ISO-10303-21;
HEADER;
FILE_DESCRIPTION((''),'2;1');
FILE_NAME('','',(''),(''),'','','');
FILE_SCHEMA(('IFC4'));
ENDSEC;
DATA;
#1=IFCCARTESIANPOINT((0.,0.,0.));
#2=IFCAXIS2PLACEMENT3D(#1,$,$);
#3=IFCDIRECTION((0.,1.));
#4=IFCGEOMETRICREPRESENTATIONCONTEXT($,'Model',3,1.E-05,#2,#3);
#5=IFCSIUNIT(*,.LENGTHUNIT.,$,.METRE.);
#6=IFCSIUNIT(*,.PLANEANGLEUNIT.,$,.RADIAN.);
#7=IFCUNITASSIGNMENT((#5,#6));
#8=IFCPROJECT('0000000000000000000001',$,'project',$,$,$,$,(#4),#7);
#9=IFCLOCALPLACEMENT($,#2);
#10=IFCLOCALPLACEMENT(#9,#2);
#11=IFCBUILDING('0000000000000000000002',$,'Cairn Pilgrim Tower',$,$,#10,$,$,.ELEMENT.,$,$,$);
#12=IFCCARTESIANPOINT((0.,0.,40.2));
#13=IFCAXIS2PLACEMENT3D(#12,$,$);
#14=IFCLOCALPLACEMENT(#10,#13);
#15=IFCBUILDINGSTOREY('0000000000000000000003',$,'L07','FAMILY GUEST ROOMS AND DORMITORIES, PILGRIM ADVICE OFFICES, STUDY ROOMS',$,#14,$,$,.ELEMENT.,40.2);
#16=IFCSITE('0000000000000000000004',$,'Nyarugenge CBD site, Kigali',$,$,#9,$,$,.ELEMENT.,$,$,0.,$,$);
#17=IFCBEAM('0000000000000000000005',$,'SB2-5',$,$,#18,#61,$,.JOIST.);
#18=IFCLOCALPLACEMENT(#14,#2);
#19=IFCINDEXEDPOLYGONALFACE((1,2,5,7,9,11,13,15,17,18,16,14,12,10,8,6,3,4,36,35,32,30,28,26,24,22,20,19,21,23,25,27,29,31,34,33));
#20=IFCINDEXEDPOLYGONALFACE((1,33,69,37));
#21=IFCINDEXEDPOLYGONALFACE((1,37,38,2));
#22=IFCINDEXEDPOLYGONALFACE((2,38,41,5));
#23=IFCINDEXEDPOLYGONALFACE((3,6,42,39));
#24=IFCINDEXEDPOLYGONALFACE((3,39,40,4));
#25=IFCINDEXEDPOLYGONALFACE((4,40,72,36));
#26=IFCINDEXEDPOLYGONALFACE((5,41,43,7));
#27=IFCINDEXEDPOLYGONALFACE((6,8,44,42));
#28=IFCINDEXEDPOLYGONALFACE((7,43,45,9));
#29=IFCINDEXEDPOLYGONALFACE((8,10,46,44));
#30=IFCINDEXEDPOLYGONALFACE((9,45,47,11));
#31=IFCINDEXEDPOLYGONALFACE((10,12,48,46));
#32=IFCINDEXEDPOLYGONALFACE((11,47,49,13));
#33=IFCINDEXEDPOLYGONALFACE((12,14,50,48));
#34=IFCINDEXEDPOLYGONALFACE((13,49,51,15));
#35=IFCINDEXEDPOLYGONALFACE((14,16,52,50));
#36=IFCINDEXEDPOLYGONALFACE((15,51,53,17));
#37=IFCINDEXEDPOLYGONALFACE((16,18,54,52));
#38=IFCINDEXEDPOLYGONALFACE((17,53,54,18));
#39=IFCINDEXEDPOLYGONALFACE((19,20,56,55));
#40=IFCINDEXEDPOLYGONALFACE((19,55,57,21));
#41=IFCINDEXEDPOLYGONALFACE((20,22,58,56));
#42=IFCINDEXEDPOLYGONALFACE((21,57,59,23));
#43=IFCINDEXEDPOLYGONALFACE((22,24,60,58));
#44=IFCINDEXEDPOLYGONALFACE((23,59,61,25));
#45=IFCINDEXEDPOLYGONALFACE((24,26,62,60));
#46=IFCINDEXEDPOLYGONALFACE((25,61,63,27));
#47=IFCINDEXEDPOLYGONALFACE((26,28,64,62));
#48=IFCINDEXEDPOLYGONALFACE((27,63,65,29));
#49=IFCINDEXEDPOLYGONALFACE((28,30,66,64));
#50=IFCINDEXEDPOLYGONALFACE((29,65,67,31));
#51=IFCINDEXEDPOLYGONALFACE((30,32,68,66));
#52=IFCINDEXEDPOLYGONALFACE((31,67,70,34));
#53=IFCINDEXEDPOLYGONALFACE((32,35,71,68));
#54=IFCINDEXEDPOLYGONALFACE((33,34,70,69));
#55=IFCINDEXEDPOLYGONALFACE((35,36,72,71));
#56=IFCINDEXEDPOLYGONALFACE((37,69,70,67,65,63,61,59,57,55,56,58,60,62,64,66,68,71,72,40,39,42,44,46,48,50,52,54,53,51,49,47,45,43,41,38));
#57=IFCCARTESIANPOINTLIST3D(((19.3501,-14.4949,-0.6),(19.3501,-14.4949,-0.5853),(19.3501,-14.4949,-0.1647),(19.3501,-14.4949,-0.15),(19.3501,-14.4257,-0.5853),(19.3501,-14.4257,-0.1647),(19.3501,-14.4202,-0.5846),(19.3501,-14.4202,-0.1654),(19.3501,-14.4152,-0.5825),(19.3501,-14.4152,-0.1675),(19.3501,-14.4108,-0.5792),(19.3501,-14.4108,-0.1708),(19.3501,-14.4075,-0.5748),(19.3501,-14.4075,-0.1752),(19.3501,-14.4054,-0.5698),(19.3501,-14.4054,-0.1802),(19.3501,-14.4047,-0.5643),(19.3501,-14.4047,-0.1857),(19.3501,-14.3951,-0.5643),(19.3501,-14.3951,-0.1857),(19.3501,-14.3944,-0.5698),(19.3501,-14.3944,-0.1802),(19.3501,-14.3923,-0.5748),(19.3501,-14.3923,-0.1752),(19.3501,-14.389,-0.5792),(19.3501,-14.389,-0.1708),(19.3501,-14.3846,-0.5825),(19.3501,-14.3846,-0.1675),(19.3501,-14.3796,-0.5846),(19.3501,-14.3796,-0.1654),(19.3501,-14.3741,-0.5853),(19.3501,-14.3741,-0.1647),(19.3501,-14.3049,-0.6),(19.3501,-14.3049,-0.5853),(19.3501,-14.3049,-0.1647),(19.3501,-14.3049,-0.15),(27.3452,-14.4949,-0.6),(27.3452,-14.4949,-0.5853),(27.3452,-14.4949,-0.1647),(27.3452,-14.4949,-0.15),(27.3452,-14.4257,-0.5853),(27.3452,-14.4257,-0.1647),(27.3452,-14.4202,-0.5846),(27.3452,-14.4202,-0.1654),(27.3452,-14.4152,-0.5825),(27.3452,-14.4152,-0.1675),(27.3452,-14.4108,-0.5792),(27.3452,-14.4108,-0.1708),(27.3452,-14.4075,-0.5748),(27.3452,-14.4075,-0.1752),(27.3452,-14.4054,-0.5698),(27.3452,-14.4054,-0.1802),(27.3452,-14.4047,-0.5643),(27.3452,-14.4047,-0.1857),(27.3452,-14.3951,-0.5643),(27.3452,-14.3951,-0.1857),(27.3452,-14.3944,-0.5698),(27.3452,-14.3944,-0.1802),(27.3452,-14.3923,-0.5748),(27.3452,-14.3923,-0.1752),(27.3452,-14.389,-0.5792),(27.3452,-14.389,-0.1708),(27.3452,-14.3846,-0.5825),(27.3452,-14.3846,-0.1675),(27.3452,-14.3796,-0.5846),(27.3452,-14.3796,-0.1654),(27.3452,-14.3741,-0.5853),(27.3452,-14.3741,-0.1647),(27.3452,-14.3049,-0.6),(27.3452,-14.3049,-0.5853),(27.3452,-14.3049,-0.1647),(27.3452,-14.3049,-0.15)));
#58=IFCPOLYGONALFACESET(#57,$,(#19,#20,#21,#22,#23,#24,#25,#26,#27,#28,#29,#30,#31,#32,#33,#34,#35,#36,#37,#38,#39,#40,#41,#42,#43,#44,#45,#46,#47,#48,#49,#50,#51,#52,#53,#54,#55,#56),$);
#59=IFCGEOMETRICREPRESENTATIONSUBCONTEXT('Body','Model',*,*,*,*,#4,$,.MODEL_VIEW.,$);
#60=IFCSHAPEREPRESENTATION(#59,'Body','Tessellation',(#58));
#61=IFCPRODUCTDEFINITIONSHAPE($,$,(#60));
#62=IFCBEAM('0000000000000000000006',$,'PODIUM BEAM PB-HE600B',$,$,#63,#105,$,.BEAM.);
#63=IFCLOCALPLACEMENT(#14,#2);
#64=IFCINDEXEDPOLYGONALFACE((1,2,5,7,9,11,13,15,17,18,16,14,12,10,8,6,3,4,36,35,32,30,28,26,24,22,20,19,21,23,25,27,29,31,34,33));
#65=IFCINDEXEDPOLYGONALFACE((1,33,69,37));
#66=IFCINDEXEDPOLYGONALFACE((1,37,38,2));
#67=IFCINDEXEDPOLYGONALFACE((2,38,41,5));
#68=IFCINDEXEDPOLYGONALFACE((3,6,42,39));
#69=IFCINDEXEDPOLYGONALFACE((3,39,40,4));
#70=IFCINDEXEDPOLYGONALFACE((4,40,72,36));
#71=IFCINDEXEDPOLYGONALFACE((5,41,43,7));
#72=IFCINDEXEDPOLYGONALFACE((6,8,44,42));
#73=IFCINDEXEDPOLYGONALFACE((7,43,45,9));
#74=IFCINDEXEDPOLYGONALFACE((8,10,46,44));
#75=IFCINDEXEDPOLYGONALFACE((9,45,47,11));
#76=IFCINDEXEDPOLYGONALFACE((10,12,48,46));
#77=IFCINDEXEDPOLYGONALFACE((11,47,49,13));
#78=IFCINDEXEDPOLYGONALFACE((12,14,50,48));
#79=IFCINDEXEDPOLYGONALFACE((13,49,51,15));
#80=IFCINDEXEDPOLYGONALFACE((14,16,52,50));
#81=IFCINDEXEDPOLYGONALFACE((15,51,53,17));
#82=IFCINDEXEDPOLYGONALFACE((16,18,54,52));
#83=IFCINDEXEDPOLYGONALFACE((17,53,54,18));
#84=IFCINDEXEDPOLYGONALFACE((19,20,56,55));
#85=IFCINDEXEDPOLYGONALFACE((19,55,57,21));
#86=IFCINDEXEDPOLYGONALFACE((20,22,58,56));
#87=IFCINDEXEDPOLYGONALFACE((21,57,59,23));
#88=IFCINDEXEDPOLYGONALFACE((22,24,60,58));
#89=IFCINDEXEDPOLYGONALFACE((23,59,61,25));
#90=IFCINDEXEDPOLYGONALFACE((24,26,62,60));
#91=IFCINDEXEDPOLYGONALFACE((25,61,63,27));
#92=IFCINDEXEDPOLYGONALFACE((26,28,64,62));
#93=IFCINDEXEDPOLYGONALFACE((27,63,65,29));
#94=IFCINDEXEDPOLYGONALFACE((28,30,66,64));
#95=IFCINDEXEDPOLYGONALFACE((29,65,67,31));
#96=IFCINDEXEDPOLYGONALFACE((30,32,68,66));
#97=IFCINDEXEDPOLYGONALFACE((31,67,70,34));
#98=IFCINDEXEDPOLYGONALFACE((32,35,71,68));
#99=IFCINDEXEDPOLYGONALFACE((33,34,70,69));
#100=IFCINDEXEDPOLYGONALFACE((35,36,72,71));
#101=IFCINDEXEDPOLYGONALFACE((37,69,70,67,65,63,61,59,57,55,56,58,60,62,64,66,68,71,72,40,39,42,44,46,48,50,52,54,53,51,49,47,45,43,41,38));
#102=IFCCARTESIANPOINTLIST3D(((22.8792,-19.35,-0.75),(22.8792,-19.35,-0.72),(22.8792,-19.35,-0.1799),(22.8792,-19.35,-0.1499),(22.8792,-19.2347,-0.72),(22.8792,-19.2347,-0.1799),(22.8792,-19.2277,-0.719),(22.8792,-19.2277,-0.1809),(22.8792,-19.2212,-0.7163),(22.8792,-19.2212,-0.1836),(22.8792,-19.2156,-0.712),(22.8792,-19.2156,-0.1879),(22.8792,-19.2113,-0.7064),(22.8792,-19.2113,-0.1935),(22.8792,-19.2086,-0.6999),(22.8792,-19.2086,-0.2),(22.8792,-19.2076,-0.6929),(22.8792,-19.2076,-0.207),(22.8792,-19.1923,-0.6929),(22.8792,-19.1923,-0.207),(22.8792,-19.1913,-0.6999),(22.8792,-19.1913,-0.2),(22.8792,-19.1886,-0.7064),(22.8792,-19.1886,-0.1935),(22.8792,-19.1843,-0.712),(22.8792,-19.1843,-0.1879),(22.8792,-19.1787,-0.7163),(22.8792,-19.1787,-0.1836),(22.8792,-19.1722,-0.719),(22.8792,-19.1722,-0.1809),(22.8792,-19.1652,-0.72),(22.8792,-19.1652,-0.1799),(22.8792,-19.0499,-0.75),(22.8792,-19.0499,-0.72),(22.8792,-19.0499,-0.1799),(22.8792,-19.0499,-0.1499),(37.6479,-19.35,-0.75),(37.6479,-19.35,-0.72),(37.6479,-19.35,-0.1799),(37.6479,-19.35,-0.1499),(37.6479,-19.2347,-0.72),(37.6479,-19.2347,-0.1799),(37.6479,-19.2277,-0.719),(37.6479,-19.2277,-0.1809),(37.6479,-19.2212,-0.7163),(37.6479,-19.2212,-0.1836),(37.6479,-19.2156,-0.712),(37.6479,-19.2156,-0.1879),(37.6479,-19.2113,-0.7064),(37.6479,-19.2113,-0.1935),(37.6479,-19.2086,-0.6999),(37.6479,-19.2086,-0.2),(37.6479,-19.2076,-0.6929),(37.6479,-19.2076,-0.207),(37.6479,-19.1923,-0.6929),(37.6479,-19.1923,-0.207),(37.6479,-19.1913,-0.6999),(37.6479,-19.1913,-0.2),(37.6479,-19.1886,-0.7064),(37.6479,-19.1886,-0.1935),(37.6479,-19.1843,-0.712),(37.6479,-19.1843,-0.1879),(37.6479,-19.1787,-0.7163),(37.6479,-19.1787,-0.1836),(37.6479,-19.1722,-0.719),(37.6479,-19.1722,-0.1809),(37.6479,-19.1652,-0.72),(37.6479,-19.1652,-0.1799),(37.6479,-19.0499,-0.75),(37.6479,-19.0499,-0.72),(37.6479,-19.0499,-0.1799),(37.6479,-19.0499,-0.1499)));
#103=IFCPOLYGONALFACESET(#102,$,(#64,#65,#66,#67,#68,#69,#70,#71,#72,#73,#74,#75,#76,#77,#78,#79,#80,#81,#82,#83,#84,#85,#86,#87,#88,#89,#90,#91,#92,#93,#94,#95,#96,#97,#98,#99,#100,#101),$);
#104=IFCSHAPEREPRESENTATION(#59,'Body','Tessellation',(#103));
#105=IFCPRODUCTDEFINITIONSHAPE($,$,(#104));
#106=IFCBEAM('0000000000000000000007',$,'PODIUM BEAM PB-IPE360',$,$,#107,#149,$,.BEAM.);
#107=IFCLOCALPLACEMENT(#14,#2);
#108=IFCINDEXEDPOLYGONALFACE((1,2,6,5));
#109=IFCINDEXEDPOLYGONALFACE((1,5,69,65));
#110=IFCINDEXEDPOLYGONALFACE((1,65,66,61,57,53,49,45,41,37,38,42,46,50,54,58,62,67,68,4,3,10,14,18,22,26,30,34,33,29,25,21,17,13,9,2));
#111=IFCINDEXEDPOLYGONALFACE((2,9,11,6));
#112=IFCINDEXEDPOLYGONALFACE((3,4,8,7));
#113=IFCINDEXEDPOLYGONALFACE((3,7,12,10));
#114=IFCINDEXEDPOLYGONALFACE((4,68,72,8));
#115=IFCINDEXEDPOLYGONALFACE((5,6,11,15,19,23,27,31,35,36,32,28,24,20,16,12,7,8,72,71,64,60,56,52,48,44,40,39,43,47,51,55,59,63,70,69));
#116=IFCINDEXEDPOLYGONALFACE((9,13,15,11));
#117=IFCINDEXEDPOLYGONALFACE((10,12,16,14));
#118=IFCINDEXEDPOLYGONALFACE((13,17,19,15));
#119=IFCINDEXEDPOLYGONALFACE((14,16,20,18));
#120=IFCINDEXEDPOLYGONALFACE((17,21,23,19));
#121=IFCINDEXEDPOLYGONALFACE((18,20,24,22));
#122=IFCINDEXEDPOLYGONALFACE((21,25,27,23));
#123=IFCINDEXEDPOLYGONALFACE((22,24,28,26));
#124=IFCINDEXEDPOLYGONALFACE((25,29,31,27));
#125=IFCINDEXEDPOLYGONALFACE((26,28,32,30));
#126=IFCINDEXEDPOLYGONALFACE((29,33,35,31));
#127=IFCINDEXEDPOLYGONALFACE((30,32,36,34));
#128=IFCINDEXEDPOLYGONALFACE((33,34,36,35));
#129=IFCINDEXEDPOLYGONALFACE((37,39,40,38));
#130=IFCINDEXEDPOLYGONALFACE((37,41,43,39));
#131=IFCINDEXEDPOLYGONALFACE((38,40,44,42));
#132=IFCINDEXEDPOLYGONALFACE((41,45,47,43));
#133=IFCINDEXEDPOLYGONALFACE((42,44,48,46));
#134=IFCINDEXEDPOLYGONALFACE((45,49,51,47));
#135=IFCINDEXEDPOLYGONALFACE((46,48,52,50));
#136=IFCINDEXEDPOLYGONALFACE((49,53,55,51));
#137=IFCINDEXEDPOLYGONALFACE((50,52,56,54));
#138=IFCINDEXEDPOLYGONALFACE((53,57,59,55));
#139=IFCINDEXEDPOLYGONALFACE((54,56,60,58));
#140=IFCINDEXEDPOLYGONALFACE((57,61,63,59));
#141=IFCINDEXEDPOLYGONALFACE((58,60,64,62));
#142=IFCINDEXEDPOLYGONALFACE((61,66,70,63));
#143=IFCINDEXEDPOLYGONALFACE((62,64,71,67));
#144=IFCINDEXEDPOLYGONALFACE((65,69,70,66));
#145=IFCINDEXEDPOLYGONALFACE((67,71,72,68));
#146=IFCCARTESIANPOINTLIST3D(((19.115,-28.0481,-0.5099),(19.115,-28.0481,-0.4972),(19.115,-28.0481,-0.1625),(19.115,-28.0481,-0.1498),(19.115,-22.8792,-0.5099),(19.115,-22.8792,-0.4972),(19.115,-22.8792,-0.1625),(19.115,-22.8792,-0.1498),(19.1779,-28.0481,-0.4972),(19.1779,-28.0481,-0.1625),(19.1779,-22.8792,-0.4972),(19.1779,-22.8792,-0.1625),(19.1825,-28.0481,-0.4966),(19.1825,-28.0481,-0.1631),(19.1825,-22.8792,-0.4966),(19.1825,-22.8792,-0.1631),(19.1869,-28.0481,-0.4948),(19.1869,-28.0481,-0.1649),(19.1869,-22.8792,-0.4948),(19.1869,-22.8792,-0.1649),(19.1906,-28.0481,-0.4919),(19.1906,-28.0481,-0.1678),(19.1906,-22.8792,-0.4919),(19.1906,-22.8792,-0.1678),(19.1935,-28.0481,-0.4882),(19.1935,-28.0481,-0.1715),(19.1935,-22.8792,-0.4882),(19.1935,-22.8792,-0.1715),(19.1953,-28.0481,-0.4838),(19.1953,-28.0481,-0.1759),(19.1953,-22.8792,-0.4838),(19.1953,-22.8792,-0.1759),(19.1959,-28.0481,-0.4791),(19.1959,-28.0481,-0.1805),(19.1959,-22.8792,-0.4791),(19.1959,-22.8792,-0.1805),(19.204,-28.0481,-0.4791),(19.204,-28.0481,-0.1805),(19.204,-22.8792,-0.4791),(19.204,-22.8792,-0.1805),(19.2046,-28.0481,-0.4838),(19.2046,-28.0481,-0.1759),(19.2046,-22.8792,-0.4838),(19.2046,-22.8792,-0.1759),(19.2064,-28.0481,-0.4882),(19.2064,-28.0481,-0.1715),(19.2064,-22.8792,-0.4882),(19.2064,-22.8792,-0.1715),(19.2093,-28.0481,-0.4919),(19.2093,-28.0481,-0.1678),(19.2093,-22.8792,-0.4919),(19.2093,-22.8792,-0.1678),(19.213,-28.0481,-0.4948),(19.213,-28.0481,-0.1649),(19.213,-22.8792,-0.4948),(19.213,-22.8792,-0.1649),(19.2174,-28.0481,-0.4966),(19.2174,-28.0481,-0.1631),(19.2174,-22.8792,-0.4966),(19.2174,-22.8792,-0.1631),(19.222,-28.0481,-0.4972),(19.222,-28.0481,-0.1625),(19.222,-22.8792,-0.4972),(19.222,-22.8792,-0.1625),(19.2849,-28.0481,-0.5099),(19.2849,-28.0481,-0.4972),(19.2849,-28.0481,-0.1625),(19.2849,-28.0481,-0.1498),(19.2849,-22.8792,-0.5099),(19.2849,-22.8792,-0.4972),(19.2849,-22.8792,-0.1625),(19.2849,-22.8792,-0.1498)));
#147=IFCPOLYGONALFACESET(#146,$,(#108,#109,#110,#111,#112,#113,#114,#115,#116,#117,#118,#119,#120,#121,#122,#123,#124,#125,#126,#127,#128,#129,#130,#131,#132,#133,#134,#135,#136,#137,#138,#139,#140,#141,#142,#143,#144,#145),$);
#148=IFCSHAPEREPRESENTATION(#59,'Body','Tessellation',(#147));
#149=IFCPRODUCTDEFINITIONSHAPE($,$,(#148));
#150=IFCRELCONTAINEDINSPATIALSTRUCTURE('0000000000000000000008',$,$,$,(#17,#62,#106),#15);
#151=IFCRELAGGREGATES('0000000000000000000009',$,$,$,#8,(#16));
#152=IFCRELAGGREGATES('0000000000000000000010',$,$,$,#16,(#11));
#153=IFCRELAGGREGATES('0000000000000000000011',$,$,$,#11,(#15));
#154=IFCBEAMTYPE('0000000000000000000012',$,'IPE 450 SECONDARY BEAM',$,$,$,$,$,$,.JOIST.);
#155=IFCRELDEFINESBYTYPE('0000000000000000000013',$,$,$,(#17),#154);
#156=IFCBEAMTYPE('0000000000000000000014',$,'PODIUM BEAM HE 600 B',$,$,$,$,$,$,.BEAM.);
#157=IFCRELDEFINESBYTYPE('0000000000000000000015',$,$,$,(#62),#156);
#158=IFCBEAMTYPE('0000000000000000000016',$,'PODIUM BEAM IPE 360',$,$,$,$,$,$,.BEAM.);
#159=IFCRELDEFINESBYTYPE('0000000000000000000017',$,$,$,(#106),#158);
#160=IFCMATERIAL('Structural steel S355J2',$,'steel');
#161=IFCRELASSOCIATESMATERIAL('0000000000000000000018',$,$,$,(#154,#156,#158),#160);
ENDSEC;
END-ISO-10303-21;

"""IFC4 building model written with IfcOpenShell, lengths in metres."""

from ifc_helpers import new_model, si_unit, direction, frame, origin, origin_2d, place, context, subcontext, project, spatial, i_section, extrude, material, material_profile, profile_set, type_object, element, save


model = new_model("IFC4")

# Units and contexts
model_context = context("Model", 3, precision=1e-05, world=origin(), true_north=direction((0.0, 1.0)))
body_context = subcontext(model_context, "Body", "Model", "MODEL_VIEW")
ifc_project = project(units=[si_unit("LENGTHUNIT", "METRE"), si_unit("PLANEANGLEUNIT", "RADIAN")], contexts=[model_context])

# Site, building, storey
site_placement = place(None, origin())
site = spatial("IfcSite", under=ifc_project, at=site_placement, Name="Nyarugenge CBD site, Kigali", CompositionType="ELEMENT", RefElevation=0.0)
building_placement = place(site_placement, origin())
building = spatial("IfcBuilding", under=site, at=building_placement, Name="Cairn Pilgrim Tower", CompositionType="ELEMENT")
storey_placement = place(building_placement, frame((0.0, 0.0, 40.2)))
storey = spatial("IfcBuildingStorey", under=building, at=storey_placement, Name="L07", Description="FAMILY GUEST ROOMS AND DORMITORIES, PILGRIM ADVICE OFFICES, STUDY ROOMS", CompositionType="ELEMENT", Elevation=40.2)

# Beams
ifc_material_1 = material(Name="Structural steel S355J2", Category="steel")
ifc_material_profile_1 = material_profile(ifc_material_1, i_section(OverallWidth=0.1899, OverallDepth=0.45, WebThickness=0.0095, FlangeThickness=0.0146, FilletRadius=0.021, at=origin_2d()), Name="IPE 450")
ifc_profile_set_1 = profile_set([ifc_material_profile_1], Name="Structural steel S355J2")
beam_type_1 = type_object("IfcBeamType", Name="IPE 450 SECONDARY BEAM", PredefinedType="JOIST", material=ifc_profile_set_1)
beam_1_placement = place(storey_placement, frame((19.3501, -14.3999, -0.375), z_axis=(1.0, 0.0, 0.0), x_axis=(0.0, 1.0, 0.0)))
element("IfcBeam", 1, at=beam_1_placement, inside=storey, type_object=beam_type_1, Name="SB2-5", PredefinedType="JOIST", context=body_context, shape_type="SweptSolid", body=[
    extrude(i_section(OverallWidth=0.1899, OverallDepth=0.45, WebThickness=0.0095, FlangeThickness=0.0146, FilletRadius=0.021, at=origin_2d()), origin(), (0.0, 0.0, 1.0), 7.9951),
])
ifc_material_profile_2 = material_profile(ifc_material_1, i_section(OverallWidth=0.3, OverallDepth=0.6001, WebThickness=0.0154, FlangeThickness=0.03, FilletRadius=0.0271, at=origin_2d()), Name="HEB 600")
ifc_profile_set_2 = profile_set([ifc_material_profile_2], Name="Structural steel S355J2")
beam_type_2 = type_object("IfcBeamType", Name="PODIUM BEAM HE 600 B", PredefinedType="BEAM", material=ifc_profile_set_2)
beam_2_placement = place(storey_placement, frame((22.8792, -19.2, -0.45), z_axis=(1.0, 0.0, 0.0), x_axis=(0.0, 1.0, 0.0)))
element("IfcBeam", 2, at=beam_2_placement, inside=storey, type_object=beam_type_2, Name="PODIUM BEAM PB-HE600B", PredefinedType="BEAM", context=body_context, shape_type="SweptSolid", body=[
    extrude(i_section(OverallWidth=0.3, OverallDepth=0.6001, WebThickness=0.0154, FlangeThickness=0.03, FilletRadius=0.0271, at=origin_2d()), origin(), (0.0, 0.0, 1.0), 14.7688),
])
ifc_material_profile_3 = material_profile(ifc_material_1, i_section(OverallWidth=0.1699, OverallDepth=0.3601, WebThickness=0.0081, FlangeThickness=0.0127, FilletRadius=0.0181, at=origin_2d()), Name="IPE 360")
ifc_profile_set_3 = profile_set([ifc_material_profile_3], Name="Structural steel S355J2")
beam_type_3 = type_object("IfcBeamType", Name="PODIUM BEAM IPE 360", PredefinedType="BEAM", material=ifc_profile_set_3)
beam_3_placement = place(storey_placement, frame((19.2, -28.0481, -0.3298), z_axis=(0.0, 1.0, 0.0), x_axis=(-1.0, 0.0, 0.0)))
element("IfcBeam", 3, at=beam_3_placement, inside=storey, type_object=beam_type_3, Name="PODIUM BEAM PB-IPE360", PredefinedType="BEAM", context=body_context, shape_type="SweptSolid", body=[
    extrude(i_section(OverallWidth=0.1699, OverallDepth=0.3601, WebThickness=0.0081, FlangeThickness=0.0127, FilletRadius=0.0181, at=origin_2d()), origin(), (0.0, 0.0, 1.0), 5.1689),
])

save(model, "model.ifc")
